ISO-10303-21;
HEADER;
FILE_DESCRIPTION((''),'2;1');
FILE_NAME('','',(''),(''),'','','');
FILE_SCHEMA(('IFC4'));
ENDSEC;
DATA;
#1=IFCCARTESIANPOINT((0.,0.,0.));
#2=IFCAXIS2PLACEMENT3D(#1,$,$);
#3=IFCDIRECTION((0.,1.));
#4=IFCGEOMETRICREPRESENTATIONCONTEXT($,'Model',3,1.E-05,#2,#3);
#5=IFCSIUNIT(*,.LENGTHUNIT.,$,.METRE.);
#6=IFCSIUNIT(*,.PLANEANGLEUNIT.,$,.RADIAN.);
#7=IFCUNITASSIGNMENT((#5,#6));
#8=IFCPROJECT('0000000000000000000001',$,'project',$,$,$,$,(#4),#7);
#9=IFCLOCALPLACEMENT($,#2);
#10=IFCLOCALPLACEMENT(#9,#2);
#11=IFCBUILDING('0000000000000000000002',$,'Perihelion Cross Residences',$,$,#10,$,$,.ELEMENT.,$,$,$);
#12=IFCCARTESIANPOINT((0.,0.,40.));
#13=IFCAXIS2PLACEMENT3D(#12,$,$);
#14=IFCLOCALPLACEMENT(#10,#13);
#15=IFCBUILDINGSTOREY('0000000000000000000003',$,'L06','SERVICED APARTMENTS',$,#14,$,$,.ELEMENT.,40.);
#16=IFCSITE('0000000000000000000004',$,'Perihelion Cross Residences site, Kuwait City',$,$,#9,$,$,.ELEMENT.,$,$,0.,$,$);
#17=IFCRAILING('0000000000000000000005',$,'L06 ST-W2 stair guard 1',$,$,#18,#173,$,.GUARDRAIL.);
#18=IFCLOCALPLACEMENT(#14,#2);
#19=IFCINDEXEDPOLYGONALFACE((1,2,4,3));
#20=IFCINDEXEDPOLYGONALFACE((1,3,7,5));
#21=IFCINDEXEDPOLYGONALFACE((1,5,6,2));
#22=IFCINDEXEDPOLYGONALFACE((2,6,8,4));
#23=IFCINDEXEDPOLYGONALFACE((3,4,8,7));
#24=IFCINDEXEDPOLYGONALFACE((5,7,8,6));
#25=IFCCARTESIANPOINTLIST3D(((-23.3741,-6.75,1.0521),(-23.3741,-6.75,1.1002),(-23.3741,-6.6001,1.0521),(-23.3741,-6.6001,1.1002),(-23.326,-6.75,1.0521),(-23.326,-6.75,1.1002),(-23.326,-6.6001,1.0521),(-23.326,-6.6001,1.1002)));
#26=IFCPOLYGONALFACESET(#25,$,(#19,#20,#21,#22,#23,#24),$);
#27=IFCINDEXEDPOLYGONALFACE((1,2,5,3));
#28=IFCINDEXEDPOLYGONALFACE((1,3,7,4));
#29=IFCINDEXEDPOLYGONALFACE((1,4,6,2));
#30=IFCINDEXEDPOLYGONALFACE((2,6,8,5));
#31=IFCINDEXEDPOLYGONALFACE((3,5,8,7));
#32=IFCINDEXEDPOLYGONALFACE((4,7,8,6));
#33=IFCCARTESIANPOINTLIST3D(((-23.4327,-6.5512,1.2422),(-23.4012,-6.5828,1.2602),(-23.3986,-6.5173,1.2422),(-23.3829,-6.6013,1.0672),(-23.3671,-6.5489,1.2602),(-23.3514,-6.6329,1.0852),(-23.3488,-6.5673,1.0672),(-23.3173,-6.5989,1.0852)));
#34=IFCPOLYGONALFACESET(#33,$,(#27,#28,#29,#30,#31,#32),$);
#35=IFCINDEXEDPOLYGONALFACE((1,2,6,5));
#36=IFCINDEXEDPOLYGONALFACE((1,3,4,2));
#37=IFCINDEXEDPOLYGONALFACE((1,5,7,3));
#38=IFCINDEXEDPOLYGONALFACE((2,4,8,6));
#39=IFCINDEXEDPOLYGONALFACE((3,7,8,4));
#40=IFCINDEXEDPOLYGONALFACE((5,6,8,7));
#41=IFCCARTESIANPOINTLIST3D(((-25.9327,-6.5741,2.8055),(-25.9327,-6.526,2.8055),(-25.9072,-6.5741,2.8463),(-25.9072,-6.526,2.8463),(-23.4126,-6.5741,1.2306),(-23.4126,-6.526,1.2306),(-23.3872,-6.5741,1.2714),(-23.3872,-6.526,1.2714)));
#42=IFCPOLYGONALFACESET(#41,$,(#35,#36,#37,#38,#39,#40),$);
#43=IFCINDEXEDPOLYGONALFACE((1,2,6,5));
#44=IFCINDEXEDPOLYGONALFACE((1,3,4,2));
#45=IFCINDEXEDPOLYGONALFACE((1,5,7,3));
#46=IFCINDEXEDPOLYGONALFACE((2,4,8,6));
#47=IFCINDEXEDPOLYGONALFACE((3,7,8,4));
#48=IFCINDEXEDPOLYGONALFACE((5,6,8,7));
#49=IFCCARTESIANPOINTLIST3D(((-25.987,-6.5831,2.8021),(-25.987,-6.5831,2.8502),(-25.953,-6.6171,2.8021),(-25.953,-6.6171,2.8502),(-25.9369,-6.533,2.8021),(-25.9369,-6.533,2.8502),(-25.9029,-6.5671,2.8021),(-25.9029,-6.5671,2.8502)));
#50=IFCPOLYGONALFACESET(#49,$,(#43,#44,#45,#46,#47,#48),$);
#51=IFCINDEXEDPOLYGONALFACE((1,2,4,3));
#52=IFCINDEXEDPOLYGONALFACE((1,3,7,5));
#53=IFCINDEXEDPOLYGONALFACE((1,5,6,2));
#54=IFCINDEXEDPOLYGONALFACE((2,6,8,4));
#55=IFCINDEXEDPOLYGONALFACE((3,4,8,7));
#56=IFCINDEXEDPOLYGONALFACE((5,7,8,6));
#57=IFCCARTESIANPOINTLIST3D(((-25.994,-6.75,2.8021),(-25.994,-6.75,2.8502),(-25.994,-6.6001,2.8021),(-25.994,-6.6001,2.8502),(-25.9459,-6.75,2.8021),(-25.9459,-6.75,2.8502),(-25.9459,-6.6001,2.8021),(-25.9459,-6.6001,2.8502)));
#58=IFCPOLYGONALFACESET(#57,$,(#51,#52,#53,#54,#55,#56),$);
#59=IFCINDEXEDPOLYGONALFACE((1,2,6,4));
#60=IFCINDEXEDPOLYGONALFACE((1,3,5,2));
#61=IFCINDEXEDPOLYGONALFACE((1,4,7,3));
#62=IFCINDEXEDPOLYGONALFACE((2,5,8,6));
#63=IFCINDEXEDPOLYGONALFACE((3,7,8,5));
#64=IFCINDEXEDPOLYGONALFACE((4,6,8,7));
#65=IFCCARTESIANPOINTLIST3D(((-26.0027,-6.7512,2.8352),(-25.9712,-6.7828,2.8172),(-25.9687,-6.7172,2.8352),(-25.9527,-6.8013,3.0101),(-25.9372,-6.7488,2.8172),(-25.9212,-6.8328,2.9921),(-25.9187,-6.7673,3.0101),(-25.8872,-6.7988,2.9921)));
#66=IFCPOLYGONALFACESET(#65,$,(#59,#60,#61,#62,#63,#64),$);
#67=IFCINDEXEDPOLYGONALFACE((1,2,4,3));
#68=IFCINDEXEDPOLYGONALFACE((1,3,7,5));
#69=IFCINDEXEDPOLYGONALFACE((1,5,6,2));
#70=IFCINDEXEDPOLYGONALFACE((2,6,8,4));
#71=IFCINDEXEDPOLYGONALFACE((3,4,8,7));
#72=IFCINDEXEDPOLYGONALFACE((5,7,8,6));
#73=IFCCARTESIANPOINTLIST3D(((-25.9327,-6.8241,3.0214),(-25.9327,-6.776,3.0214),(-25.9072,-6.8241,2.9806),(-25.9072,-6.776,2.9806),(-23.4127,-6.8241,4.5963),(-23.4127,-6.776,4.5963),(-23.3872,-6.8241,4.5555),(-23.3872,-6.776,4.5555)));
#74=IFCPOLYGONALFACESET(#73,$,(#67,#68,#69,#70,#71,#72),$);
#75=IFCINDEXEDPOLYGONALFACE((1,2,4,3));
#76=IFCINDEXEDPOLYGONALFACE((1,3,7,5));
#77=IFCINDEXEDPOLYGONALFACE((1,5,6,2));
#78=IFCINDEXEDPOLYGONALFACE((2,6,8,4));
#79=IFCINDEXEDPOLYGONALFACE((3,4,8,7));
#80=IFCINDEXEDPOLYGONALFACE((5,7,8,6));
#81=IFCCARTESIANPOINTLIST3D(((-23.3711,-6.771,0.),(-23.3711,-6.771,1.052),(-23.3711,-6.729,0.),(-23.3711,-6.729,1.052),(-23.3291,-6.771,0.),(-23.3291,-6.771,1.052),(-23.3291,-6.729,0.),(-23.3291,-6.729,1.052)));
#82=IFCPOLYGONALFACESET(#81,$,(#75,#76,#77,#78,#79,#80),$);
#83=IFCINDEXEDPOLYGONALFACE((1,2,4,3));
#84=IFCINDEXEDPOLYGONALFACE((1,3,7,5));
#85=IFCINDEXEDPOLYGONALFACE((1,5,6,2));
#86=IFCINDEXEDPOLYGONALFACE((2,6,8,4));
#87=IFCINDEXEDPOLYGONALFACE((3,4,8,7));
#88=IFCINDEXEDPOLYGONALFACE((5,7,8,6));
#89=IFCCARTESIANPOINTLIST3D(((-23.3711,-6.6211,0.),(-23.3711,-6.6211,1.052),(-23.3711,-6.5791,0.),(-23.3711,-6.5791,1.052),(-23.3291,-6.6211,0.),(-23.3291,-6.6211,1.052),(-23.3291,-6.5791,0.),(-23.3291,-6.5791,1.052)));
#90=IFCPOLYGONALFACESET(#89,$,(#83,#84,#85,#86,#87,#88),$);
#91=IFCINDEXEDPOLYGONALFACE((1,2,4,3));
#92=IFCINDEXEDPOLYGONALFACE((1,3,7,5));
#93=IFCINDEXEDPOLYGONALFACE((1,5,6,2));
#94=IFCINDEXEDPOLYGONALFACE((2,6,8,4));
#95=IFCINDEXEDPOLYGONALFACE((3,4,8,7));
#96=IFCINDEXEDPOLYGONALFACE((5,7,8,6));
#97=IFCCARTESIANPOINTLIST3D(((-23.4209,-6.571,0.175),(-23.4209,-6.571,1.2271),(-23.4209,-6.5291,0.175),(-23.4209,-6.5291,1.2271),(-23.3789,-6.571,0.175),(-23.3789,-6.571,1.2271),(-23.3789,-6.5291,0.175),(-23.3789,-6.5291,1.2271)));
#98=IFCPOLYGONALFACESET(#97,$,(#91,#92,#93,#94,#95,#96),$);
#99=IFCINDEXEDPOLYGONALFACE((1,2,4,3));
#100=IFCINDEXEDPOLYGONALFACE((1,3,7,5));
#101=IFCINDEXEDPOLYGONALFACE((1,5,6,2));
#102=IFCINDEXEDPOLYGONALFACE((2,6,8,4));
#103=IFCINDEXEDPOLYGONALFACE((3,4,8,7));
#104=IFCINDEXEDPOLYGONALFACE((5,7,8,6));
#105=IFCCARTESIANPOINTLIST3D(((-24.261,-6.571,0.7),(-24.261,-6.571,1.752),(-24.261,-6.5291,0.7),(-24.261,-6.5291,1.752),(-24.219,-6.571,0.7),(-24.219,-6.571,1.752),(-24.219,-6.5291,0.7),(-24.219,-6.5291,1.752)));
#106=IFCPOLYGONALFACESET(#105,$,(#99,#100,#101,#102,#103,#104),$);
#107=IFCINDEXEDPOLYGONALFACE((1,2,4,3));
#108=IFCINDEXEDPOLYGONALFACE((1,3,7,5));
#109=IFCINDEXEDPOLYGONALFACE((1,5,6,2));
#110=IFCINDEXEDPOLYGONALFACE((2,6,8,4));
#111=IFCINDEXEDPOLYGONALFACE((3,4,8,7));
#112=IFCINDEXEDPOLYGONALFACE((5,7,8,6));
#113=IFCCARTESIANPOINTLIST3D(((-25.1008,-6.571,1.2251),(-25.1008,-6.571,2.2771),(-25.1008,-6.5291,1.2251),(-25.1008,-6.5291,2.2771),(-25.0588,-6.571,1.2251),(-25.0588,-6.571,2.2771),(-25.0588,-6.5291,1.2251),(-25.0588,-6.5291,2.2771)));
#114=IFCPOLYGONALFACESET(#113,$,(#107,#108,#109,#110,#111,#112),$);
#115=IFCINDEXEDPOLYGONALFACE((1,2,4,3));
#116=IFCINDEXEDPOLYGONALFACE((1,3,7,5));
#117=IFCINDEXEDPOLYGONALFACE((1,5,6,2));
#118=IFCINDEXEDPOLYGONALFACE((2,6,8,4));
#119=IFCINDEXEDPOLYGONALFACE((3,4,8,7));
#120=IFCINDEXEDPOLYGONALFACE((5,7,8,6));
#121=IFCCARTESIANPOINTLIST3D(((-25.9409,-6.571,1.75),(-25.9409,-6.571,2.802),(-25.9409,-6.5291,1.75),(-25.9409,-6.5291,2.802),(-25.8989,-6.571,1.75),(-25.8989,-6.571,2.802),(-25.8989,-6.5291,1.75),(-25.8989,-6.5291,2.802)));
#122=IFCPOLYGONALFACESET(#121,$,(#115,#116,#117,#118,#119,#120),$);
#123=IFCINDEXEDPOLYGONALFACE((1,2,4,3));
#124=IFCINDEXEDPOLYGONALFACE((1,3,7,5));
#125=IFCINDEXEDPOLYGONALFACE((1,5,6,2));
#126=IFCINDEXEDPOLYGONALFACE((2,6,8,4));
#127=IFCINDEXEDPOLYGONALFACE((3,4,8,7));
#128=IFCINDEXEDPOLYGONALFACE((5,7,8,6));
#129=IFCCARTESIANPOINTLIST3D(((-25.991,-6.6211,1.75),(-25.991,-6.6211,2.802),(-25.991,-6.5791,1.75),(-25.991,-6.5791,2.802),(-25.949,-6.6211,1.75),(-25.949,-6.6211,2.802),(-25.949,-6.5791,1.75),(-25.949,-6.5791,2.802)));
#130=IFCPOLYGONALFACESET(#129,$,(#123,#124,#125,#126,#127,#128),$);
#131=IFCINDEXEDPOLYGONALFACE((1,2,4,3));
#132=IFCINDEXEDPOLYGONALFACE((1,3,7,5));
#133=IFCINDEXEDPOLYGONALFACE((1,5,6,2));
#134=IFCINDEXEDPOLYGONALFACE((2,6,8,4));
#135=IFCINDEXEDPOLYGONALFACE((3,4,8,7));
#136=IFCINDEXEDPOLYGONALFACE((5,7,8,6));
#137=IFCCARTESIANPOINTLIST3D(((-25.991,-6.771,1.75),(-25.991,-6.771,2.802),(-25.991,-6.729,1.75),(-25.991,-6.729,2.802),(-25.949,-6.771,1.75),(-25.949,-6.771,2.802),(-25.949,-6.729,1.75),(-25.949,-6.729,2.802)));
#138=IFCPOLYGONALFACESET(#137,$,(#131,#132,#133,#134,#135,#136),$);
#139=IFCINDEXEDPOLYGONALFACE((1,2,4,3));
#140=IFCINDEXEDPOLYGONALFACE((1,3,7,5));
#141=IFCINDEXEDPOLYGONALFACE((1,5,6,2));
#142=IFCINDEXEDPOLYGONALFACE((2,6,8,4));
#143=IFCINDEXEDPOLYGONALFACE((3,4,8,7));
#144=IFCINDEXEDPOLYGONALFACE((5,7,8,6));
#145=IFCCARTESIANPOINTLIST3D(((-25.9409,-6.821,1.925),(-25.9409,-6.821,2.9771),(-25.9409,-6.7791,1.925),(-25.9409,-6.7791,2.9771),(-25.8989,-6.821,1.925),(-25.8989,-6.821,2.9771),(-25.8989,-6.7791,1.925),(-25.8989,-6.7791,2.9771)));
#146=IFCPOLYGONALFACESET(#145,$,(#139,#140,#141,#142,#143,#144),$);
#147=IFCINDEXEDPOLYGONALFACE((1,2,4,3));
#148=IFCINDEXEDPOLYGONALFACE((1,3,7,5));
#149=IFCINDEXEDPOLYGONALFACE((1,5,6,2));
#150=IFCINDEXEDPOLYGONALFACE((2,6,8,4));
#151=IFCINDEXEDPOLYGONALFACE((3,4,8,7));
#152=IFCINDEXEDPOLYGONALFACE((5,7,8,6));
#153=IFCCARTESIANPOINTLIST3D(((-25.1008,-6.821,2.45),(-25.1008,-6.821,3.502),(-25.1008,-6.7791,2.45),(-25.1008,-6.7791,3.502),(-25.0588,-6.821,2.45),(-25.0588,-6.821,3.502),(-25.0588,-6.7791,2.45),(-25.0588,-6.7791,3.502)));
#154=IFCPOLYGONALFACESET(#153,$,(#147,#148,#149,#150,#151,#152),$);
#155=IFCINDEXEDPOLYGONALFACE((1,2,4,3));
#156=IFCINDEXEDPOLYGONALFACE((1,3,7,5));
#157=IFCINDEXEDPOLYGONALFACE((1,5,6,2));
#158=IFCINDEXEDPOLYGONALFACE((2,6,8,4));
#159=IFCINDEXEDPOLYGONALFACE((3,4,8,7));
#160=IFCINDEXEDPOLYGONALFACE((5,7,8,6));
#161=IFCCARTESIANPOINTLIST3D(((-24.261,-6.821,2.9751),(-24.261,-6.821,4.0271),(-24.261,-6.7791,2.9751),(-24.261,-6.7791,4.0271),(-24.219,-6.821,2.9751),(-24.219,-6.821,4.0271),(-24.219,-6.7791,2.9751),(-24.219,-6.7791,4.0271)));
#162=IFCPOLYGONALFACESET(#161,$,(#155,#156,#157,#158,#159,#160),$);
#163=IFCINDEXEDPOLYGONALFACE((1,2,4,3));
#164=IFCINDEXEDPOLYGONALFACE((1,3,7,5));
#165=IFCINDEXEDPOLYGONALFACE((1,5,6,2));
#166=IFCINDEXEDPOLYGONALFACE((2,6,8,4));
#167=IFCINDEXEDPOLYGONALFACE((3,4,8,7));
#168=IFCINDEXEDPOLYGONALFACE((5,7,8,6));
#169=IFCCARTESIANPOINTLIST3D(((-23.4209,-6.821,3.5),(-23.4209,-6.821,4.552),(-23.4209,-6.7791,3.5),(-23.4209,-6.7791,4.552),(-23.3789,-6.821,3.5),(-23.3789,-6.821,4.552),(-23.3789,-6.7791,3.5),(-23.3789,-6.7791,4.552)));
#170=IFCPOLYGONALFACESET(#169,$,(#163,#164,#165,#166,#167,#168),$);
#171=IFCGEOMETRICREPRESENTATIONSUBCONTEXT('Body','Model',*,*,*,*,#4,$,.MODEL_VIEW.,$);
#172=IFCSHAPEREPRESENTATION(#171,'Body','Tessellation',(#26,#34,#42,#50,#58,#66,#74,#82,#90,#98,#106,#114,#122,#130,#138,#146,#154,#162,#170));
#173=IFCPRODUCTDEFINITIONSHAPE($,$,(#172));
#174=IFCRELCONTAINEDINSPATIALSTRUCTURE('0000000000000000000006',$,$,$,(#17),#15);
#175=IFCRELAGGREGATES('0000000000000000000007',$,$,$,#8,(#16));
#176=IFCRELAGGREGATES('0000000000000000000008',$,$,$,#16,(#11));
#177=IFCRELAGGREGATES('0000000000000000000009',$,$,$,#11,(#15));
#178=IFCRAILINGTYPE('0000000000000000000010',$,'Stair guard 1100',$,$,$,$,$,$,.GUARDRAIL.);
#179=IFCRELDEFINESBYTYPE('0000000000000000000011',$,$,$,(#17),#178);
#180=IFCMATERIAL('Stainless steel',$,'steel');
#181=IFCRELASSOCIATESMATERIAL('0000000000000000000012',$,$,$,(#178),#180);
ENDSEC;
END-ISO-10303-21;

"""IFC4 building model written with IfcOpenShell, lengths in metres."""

from ifc_helpers import new_model, si_unit, direction, frame, origin, origin_2d, place, context, subcontext, project, spatial, rectangle, extrude, material, type_object, element, save


model = new_model("IFC4")

# Units and contexts
model_context = context("Model", 3, precision=1e-05, world=origin(), true_north=direction((0.0, 1.0)))
body_context = subcontext(model_context, "Body", "Model", "MODEL_VIEW")
ifc_project = project(units=[si_unit("LENGTHUNIT", "METRE"), si_unit("PLANEANGLEUNIT", "RADIAN")], contexts=[model_context])

# Site, building, storey
site_placement = place(None, origin())
site = spatial("IfcSite", under=ifc_project, at=site_placement, Name="Perihelion Cross Residences site, Kuwait City", CompositionType="ELEMENT", RefElevation=0.0)
building_placement = place(site_placement, origin())
building = spatial("IfcBuilding", under=site, at=building_placement, Name="Perihelion Cross Residences", CompositionType="ELEMENT")
storey_placement = place(building_placement, frame((0.0, 0.0, 40.0)))
storey = spatial("IfcBuildingStorey", under=building, at=storey_placement, Name="L06", Description="SERVICED APARTMENTS", CompositionType="ELEMENT", Elevation=40.0)

# Railing
ifc_material_1 = material(Name="Stainless steel", Category="steel")
railing_type_1 = type_object("IfcRailingType", Name="Stair guard 1100", PredefinedType="GUARDRAIL", material=ifc_material_1)
railing_1_placement = place(storey_placement, frame((-23.3501, -6.75, 0.0)))
element("IfcRailing", 1, at=railing_1_placement, inside=storey, type_object=railing_type_1, Name="L06 ST-W2 stair guard 1", PredefinedType="GUARDRAIL", context=body_context, shape_type="SweptSolid", body=[
    extrude(rectangle(XDim=0.0481, YDim=0.0481, at=origin_2d()), frame((0.0, 0.0, 1.0762), z_axis=(0.0, 1.0, 0.0), x_axis=(-1.0, 0.0, 0.0)), (0.0, 0.0, 1.0), 0.1499),
    extrude(rectangle(XDim=0.0481, YDim=0.0481, at=origin_2d()), frame((0.0, 0.1499, 1.0762), z_axis=(-0.263862, 0.265156, 0.927399), x_axis=(-0.708834, -0.705376, 0.0)), (0.0, 0.0, 1.0), 0.1887),
    extrude(rectangle(XDim=0.0481, YDim=0.0481, at=origin_2d()), frame((-0.0498, 0.2, 1.251), z_axis=(-0.848008, 0.0, 0.529984), x_axis=(0.0, -1.0, 0.0)), (0.0, 0.0, 1.0), 2.9717),
    extrude(rectangle(XDim=0.0481, YDim=0.0481, at=origin_2d()), frame((-2.5698, 0.2, 2.8262), z_axis=(-0.707107, -0.707107, 0.0), x_axis=(0.707107, -0.707107, 0.0)), (0.0, 0.0, 1.0), 0.0708),
    extrude(rectangle(XDim=0.0481, YDim=0.0481, at=origin_2d()), frame((-2.6199, 0.1499, 2.8262), z_axis=(0.0, -1.0, 0.0), x_axis=(1.0, 0.0, 0.0)), (0.0, 0.0, 1.0), 0.1499),
    extrude(rectangle(XDim=0.0481, YDim=0.0481, at=origin_2d()), frame((-2.6199, 0.0, 2.8262), z_axis=(0.265065, -0.265065, 0.927082), x_axis=(0.707107, 0.707107, 0.0)), (0.0, 0.0, 1.0), 0.1887),
    extrude(rectangle(XDim=0.0481, YDim=0.0481, at=origin_2d()), frame((-2.5698, -0.05, 3.001), z_axis=(0.848008, 0.0, 0.529984), x_axis=(0.0, 1.0, 0.0)), (0.0, 0.0, 1.0), 2.9717),
    extrude(rectangle(XDim=0.042, YDim=0.042, at=origin_2d()), origin(), (0.0, 0.0, 1.0), 1.052),
    extrude(rectangle(XDim=0.042, YDim=0.042, at=origin_2d()), frame((0.0, 0.1499, 0.0)), (0.0, 0.0, 1.0), 1.052),
    extrude(rectangle(XDim=0.042, YDim=0.042, at=origin_2d()), frame((-0.0498, 0.2, 0.175)), (0.0, 0.0, 1.0), 1.052),
    extrude(rectangle(XDim=0.042, YDim=0.042, at=origin_2d()), frame((-0.8899, 0.2, 0.7)), (0.0, 0.0, 1.0), 1.052),
    extrude(rectangle(XDim=0.042, YDim=0.042, at=origin_2d()), frame((-1.7297, 0.2, 1.2251)), (0.0, 0.0, 1.0), 1.052),
    extrude(rectangle(XDim=0.042, YDim=0.042, at=origin_2d()), frame((-2.5698, 0.2, 1.75)), (0.0, 0.0, 1.0), 1.052),
    extrude(rectangle(XDim=0.042, YDim=0.042, at=origin_2d()), frame((-2.6199, 0.1499, 1.75)), (0.0, 0.0, 1.0), 1.052),
    extrude(rectangle(XDim=0.042, YDim=0.042, at=origin_2d()), frame((-2.6199, 0.0, 1.75)), (0.0, 0.0, 1.0), 1.052),
    extrude(rectangle(XDim=0.042, YDim=0.042, at=origin_2d()), frame((-2.5698, -0.05, 1.925)), (0.0, 0.0, 1.0), 1.052),
    extrude(rectangle(XDim=0.042, YDim=0.042, at=origin_2d()), frame((-1.7297, -0.05, 2.45)), (0.0, 0.0, 1.0), 1.052),
    extrude(rectangle(XDim=0.042, YDim=0.042, at=origin_2d()), frame((-0.8899, -0.05, 2.9751)), (0.0, 0.0, 1.0), 1.052),
    extrude(rectangle(XDim=0.042, YDim=0.042, at=origin_2d()), frame((-0.0498, -0.05, 3.5)), (0.0, 0.0, 1.0), 1.052),
])

save(model, "model.ifc")
